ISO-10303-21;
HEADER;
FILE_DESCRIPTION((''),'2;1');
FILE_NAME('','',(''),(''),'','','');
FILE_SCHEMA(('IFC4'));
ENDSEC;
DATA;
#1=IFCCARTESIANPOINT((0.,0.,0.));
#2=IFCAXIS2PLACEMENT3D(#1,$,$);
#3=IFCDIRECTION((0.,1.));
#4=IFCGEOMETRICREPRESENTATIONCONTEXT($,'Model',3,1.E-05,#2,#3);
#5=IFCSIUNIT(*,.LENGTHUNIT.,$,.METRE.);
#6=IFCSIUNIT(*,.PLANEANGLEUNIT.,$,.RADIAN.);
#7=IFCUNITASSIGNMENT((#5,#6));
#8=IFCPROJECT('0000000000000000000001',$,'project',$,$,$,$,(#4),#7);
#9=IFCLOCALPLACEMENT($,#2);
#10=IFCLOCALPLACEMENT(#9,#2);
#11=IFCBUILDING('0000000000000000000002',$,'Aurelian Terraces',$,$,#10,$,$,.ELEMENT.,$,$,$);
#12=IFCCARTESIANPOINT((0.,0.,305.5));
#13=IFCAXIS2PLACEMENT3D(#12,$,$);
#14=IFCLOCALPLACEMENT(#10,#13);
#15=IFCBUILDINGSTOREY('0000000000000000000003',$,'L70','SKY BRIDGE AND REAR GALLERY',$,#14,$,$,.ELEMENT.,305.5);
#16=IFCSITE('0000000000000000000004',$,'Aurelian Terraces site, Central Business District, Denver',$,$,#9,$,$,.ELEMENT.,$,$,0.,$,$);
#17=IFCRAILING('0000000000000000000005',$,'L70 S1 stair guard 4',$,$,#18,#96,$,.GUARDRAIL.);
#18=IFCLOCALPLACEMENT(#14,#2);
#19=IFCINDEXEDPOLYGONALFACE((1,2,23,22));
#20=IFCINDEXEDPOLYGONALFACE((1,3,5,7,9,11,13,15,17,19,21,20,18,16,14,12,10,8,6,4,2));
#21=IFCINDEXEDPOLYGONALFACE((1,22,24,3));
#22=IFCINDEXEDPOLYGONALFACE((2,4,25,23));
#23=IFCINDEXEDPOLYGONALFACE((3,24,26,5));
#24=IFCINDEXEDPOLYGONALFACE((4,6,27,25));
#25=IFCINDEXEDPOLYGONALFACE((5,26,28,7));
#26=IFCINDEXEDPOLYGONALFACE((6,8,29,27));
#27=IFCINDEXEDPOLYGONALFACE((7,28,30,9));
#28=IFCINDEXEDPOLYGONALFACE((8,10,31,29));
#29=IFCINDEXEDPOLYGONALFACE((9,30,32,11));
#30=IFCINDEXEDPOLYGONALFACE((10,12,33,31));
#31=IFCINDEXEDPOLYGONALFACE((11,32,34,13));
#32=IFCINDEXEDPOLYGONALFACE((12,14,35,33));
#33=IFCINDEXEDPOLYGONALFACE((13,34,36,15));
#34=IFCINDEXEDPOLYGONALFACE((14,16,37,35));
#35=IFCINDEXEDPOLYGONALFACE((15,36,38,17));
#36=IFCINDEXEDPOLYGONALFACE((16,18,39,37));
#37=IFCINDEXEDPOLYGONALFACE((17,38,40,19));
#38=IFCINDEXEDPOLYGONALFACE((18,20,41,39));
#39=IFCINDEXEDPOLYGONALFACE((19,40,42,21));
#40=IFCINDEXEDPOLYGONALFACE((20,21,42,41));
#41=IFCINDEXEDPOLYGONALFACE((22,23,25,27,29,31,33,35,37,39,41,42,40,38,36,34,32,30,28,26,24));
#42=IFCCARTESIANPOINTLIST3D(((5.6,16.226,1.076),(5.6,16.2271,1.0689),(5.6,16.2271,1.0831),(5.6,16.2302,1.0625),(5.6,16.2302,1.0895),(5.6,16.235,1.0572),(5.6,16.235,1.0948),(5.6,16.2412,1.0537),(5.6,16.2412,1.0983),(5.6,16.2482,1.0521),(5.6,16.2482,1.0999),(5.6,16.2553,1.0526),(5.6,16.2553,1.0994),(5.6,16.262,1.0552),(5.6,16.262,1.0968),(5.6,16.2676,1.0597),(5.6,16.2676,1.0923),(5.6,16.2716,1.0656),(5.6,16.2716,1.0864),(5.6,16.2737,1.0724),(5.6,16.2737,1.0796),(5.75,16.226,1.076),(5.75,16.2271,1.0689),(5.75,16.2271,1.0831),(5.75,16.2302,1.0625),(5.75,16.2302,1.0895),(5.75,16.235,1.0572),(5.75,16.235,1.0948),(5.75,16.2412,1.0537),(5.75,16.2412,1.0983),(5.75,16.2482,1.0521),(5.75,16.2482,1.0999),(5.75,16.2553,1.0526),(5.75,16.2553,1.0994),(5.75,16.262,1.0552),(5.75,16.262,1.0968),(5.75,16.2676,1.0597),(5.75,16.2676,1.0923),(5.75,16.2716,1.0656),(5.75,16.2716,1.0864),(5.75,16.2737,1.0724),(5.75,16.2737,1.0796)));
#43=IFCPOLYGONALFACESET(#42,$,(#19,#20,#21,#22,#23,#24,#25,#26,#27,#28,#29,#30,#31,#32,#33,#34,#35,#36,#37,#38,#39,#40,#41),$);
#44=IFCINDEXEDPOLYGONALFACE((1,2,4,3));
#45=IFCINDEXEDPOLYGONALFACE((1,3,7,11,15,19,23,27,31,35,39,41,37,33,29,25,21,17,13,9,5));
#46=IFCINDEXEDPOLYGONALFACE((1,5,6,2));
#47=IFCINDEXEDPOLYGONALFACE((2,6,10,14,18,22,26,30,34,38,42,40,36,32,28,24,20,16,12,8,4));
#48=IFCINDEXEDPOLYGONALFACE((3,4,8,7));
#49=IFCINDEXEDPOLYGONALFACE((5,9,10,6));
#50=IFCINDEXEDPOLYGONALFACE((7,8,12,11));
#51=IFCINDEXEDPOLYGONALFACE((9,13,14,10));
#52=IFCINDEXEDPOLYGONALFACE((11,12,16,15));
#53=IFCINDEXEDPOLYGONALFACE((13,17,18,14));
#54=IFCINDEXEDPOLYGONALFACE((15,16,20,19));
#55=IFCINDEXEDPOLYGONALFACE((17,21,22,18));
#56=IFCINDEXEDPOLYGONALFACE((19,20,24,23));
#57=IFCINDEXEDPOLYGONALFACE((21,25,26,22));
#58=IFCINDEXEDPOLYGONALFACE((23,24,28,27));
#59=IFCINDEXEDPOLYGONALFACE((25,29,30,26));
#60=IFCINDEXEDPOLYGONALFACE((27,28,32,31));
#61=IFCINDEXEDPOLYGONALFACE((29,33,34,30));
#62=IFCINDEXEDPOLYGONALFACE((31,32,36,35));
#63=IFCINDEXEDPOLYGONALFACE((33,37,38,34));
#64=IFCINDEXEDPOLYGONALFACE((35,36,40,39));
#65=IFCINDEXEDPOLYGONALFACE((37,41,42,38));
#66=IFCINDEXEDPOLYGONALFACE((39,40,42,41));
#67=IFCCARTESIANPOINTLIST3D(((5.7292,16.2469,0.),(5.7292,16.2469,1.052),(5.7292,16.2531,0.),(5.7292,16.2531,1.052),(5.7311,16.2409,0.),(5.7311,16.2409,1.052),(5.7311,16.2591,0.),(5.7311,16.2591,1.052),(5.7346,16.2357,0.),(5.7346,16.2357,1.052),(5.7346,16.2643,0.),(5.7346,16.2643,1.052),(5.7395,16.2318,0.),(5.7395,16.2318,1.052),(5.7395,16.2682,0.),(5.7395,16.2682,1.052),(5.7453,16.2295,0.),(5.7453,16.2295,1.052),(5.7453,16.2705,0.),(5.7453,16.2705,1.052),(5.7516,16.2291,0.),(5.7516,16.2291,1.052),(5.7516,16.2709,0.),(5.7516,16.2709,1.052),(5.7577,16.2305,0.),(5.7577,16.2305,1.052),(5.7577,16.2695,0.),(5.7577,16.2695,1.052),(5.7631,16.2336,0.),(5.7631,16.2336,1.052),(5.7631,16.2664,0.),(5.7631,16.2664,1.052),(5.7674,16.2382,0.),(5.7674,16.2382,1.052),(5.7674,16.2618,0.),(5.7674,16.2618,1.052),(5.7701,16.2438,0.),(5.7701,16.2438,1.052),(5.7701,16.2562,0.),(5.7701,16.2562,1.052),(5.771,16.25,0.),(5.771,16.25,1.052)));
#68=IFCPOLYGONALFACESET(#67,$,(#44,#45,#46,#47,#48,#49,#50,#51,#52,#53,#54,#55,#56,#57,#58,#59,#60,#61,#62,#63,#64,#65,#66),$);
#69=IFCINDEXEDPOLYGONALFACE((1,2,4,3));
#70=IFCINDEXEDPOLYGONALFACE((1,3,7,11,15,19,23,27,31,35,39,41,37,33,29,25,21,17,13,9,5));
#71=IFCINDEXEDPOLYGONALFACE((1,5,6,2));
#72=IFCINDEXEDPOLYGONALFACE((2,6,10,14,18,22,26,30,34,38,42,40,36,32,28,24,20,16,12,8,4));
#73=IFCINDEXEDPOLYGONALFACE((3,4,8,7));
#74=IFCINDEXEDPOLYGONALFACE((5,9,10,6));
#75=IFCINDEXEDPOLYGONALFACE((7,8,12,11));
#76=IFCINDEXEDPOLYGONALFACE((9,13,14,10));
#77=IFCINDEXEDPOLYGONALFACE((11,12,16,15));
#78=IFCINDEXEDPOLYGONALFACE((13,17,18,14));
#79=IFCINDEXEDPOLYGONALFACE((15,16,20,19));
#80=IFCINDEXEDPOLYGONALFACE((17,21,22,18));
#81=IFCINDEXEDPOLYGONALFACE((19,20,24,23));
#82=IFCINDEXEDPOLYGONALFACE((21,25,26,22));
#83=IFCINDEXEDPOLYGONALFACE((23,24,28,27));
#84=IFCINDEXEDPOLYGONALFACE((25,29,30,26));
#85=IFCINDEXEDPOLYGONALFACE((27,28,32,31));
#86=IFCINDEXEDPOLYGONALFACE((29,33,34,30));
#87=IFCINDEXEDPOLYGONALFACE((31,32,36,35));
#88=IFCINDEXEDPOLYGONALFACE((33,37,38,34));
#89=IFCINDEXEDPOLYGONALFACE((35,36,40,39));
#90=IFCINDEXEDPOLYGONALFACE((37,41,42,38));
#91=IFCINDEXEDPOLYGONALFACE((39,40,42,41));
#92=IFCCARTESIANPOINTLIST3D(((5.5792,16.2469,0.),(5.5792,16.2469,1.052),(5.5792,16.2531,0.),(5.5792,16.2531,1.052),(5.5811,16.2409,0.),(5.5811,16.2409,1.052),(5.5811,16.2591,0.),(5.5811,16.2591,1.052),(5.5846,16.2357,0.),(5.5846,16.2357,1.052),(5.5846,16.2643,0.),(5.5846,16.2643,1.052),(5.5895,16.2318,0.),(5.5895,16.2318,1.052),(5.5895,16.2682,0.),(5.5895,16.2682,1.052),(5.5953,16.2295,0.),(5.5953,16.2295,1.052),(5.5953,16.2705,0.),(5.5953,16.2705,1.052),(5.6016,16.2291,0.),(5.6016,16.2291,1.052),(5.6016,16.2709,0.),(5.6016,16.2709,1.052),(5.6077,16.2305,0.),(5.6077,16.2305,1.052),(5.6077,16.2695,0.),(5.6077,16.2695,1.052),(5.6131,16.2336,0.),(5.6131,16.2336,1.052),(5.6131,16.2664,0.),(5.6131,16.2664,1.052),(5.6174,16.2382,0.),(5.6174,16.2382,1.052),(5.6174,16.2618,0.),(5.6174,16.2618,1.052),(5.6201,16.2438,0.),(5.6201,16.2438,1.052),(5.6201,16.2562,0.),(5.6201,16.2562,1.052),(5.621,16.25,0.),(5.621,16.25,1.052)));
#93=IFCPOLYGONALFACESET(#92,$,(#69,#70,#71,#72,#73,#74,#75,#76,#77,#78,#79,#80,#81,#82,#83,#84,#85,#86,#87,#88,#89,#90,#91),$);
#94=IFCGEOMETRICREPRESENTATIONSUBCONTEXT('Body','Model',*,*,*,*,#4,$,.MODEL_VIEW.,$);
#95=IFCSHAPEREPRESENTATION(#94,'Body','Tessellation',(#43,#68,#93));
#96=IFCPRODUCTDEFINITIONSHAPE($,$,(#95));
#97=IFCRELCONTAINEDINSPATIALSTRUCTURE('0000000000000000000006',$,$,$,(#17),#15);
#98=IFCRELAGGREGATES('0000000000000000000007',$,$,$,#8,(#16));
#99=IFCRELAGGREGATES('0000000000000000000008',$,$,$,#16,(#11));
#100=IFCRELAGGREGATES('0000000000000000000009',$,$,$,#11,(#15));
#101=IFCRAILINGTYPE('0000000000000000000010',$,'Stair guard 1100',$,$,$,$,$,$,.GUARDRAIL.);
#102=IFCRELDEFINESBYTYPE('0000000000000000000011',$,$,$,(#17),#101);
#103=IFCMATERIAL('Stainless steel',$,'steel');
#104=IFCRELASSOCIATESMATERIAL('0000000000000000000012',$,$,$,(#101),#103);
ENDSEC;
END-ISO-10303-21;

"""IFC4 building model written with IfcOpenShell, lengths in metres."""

from ifc_helpers import new_model, si_unit, direction, frame, origin, origin_2d, place, context, subcontext, project, spatial, circle, extrude, source, transform, mapped, material, type_object, element, save


model = new_model("IFC4")

# Units and contexts
model_context = context("Model", 3, precision=1e-05, world=origin(), true_north=direction((0.0, 1.0)))
body_context = subcontext(model_context, "Body", "Model", "MODEL_VIEW")
ifc_project = project(units=[si_unit("LENGTHUNIT", "METRE"), si_unit("PLANEANGLEUNIT", "RADIAN")], contexts=[model_context])

# Site, building, storey
site_placement = place(None, origin())
site = spatial("IfcSite", under=ifc_project, at=site_placement, Name="Aurelian Terraces site, Central Business District, Denver", CompositionType="ELEMENT", RefElevation=0.0)
building_placement = place(site_placement, origin())
building = spatial("IfcBuilding", under=site, at=building_placement, Name="Aurelian Terraces", CompositionType="ELEMENT")
storey_placement = place(building_placement, frame((0.0, 0.0, 305.5)))
storey = spatial("IfcBuildingStorey", under=building, at=storey_placement, Name="L70", Description="SKY BRIDGE AND REAR GALLERY", CompositionType="ELEMENT", Elevation=305.5)

# Railing
ifc_material_1 = material(Name="Stainless steel", Category="steel")
railing_type_1 = type_object("IfcRailingType", Name="Stair guard 1100", PredefinedType="GUARDRAIL", material=ifc_material_1)
shared_shape_1 = source(origin(), body_context, "Body", "SweptSolid", [
    extrude(circle(Radius=0.024, at=origin_2d()), frame((0.0, 0.0, 1.076), z_axis=(-1.0, 0.0, 0.0), x_axis=(0.0, -1.0, 0.0)), (0.0, 0.0, 1.0), 0.15),
    extrude(circle(Radius=0.021, at=origin_2d()), origin(), (0.0, 0.0, 1.0), 1.052),
    extrude(circle(Radius=0.021, at=origin_2d()), frame((-0.15, 0.0, 0.0)), (0.0, 0.0, 1.0), 1.052),
])
for number, where, name in (
    (1, (5.75, 16.25, 0.0), "L70 S1 stair guard 4"),
):
    element("IfcRailing", number, at=place(storey_placement, frame(where)), inside=storey, type_object=railing_type_1, Name=name, PredefinedType="GUARDRAIL", context=body_context, shape_type="MappedRepresentation", body=[
        mapped(shared_shape_1, transform((0.0, 0.0, 0.0), scale=1.0)),
    ])

save(model, "model.ifc")
